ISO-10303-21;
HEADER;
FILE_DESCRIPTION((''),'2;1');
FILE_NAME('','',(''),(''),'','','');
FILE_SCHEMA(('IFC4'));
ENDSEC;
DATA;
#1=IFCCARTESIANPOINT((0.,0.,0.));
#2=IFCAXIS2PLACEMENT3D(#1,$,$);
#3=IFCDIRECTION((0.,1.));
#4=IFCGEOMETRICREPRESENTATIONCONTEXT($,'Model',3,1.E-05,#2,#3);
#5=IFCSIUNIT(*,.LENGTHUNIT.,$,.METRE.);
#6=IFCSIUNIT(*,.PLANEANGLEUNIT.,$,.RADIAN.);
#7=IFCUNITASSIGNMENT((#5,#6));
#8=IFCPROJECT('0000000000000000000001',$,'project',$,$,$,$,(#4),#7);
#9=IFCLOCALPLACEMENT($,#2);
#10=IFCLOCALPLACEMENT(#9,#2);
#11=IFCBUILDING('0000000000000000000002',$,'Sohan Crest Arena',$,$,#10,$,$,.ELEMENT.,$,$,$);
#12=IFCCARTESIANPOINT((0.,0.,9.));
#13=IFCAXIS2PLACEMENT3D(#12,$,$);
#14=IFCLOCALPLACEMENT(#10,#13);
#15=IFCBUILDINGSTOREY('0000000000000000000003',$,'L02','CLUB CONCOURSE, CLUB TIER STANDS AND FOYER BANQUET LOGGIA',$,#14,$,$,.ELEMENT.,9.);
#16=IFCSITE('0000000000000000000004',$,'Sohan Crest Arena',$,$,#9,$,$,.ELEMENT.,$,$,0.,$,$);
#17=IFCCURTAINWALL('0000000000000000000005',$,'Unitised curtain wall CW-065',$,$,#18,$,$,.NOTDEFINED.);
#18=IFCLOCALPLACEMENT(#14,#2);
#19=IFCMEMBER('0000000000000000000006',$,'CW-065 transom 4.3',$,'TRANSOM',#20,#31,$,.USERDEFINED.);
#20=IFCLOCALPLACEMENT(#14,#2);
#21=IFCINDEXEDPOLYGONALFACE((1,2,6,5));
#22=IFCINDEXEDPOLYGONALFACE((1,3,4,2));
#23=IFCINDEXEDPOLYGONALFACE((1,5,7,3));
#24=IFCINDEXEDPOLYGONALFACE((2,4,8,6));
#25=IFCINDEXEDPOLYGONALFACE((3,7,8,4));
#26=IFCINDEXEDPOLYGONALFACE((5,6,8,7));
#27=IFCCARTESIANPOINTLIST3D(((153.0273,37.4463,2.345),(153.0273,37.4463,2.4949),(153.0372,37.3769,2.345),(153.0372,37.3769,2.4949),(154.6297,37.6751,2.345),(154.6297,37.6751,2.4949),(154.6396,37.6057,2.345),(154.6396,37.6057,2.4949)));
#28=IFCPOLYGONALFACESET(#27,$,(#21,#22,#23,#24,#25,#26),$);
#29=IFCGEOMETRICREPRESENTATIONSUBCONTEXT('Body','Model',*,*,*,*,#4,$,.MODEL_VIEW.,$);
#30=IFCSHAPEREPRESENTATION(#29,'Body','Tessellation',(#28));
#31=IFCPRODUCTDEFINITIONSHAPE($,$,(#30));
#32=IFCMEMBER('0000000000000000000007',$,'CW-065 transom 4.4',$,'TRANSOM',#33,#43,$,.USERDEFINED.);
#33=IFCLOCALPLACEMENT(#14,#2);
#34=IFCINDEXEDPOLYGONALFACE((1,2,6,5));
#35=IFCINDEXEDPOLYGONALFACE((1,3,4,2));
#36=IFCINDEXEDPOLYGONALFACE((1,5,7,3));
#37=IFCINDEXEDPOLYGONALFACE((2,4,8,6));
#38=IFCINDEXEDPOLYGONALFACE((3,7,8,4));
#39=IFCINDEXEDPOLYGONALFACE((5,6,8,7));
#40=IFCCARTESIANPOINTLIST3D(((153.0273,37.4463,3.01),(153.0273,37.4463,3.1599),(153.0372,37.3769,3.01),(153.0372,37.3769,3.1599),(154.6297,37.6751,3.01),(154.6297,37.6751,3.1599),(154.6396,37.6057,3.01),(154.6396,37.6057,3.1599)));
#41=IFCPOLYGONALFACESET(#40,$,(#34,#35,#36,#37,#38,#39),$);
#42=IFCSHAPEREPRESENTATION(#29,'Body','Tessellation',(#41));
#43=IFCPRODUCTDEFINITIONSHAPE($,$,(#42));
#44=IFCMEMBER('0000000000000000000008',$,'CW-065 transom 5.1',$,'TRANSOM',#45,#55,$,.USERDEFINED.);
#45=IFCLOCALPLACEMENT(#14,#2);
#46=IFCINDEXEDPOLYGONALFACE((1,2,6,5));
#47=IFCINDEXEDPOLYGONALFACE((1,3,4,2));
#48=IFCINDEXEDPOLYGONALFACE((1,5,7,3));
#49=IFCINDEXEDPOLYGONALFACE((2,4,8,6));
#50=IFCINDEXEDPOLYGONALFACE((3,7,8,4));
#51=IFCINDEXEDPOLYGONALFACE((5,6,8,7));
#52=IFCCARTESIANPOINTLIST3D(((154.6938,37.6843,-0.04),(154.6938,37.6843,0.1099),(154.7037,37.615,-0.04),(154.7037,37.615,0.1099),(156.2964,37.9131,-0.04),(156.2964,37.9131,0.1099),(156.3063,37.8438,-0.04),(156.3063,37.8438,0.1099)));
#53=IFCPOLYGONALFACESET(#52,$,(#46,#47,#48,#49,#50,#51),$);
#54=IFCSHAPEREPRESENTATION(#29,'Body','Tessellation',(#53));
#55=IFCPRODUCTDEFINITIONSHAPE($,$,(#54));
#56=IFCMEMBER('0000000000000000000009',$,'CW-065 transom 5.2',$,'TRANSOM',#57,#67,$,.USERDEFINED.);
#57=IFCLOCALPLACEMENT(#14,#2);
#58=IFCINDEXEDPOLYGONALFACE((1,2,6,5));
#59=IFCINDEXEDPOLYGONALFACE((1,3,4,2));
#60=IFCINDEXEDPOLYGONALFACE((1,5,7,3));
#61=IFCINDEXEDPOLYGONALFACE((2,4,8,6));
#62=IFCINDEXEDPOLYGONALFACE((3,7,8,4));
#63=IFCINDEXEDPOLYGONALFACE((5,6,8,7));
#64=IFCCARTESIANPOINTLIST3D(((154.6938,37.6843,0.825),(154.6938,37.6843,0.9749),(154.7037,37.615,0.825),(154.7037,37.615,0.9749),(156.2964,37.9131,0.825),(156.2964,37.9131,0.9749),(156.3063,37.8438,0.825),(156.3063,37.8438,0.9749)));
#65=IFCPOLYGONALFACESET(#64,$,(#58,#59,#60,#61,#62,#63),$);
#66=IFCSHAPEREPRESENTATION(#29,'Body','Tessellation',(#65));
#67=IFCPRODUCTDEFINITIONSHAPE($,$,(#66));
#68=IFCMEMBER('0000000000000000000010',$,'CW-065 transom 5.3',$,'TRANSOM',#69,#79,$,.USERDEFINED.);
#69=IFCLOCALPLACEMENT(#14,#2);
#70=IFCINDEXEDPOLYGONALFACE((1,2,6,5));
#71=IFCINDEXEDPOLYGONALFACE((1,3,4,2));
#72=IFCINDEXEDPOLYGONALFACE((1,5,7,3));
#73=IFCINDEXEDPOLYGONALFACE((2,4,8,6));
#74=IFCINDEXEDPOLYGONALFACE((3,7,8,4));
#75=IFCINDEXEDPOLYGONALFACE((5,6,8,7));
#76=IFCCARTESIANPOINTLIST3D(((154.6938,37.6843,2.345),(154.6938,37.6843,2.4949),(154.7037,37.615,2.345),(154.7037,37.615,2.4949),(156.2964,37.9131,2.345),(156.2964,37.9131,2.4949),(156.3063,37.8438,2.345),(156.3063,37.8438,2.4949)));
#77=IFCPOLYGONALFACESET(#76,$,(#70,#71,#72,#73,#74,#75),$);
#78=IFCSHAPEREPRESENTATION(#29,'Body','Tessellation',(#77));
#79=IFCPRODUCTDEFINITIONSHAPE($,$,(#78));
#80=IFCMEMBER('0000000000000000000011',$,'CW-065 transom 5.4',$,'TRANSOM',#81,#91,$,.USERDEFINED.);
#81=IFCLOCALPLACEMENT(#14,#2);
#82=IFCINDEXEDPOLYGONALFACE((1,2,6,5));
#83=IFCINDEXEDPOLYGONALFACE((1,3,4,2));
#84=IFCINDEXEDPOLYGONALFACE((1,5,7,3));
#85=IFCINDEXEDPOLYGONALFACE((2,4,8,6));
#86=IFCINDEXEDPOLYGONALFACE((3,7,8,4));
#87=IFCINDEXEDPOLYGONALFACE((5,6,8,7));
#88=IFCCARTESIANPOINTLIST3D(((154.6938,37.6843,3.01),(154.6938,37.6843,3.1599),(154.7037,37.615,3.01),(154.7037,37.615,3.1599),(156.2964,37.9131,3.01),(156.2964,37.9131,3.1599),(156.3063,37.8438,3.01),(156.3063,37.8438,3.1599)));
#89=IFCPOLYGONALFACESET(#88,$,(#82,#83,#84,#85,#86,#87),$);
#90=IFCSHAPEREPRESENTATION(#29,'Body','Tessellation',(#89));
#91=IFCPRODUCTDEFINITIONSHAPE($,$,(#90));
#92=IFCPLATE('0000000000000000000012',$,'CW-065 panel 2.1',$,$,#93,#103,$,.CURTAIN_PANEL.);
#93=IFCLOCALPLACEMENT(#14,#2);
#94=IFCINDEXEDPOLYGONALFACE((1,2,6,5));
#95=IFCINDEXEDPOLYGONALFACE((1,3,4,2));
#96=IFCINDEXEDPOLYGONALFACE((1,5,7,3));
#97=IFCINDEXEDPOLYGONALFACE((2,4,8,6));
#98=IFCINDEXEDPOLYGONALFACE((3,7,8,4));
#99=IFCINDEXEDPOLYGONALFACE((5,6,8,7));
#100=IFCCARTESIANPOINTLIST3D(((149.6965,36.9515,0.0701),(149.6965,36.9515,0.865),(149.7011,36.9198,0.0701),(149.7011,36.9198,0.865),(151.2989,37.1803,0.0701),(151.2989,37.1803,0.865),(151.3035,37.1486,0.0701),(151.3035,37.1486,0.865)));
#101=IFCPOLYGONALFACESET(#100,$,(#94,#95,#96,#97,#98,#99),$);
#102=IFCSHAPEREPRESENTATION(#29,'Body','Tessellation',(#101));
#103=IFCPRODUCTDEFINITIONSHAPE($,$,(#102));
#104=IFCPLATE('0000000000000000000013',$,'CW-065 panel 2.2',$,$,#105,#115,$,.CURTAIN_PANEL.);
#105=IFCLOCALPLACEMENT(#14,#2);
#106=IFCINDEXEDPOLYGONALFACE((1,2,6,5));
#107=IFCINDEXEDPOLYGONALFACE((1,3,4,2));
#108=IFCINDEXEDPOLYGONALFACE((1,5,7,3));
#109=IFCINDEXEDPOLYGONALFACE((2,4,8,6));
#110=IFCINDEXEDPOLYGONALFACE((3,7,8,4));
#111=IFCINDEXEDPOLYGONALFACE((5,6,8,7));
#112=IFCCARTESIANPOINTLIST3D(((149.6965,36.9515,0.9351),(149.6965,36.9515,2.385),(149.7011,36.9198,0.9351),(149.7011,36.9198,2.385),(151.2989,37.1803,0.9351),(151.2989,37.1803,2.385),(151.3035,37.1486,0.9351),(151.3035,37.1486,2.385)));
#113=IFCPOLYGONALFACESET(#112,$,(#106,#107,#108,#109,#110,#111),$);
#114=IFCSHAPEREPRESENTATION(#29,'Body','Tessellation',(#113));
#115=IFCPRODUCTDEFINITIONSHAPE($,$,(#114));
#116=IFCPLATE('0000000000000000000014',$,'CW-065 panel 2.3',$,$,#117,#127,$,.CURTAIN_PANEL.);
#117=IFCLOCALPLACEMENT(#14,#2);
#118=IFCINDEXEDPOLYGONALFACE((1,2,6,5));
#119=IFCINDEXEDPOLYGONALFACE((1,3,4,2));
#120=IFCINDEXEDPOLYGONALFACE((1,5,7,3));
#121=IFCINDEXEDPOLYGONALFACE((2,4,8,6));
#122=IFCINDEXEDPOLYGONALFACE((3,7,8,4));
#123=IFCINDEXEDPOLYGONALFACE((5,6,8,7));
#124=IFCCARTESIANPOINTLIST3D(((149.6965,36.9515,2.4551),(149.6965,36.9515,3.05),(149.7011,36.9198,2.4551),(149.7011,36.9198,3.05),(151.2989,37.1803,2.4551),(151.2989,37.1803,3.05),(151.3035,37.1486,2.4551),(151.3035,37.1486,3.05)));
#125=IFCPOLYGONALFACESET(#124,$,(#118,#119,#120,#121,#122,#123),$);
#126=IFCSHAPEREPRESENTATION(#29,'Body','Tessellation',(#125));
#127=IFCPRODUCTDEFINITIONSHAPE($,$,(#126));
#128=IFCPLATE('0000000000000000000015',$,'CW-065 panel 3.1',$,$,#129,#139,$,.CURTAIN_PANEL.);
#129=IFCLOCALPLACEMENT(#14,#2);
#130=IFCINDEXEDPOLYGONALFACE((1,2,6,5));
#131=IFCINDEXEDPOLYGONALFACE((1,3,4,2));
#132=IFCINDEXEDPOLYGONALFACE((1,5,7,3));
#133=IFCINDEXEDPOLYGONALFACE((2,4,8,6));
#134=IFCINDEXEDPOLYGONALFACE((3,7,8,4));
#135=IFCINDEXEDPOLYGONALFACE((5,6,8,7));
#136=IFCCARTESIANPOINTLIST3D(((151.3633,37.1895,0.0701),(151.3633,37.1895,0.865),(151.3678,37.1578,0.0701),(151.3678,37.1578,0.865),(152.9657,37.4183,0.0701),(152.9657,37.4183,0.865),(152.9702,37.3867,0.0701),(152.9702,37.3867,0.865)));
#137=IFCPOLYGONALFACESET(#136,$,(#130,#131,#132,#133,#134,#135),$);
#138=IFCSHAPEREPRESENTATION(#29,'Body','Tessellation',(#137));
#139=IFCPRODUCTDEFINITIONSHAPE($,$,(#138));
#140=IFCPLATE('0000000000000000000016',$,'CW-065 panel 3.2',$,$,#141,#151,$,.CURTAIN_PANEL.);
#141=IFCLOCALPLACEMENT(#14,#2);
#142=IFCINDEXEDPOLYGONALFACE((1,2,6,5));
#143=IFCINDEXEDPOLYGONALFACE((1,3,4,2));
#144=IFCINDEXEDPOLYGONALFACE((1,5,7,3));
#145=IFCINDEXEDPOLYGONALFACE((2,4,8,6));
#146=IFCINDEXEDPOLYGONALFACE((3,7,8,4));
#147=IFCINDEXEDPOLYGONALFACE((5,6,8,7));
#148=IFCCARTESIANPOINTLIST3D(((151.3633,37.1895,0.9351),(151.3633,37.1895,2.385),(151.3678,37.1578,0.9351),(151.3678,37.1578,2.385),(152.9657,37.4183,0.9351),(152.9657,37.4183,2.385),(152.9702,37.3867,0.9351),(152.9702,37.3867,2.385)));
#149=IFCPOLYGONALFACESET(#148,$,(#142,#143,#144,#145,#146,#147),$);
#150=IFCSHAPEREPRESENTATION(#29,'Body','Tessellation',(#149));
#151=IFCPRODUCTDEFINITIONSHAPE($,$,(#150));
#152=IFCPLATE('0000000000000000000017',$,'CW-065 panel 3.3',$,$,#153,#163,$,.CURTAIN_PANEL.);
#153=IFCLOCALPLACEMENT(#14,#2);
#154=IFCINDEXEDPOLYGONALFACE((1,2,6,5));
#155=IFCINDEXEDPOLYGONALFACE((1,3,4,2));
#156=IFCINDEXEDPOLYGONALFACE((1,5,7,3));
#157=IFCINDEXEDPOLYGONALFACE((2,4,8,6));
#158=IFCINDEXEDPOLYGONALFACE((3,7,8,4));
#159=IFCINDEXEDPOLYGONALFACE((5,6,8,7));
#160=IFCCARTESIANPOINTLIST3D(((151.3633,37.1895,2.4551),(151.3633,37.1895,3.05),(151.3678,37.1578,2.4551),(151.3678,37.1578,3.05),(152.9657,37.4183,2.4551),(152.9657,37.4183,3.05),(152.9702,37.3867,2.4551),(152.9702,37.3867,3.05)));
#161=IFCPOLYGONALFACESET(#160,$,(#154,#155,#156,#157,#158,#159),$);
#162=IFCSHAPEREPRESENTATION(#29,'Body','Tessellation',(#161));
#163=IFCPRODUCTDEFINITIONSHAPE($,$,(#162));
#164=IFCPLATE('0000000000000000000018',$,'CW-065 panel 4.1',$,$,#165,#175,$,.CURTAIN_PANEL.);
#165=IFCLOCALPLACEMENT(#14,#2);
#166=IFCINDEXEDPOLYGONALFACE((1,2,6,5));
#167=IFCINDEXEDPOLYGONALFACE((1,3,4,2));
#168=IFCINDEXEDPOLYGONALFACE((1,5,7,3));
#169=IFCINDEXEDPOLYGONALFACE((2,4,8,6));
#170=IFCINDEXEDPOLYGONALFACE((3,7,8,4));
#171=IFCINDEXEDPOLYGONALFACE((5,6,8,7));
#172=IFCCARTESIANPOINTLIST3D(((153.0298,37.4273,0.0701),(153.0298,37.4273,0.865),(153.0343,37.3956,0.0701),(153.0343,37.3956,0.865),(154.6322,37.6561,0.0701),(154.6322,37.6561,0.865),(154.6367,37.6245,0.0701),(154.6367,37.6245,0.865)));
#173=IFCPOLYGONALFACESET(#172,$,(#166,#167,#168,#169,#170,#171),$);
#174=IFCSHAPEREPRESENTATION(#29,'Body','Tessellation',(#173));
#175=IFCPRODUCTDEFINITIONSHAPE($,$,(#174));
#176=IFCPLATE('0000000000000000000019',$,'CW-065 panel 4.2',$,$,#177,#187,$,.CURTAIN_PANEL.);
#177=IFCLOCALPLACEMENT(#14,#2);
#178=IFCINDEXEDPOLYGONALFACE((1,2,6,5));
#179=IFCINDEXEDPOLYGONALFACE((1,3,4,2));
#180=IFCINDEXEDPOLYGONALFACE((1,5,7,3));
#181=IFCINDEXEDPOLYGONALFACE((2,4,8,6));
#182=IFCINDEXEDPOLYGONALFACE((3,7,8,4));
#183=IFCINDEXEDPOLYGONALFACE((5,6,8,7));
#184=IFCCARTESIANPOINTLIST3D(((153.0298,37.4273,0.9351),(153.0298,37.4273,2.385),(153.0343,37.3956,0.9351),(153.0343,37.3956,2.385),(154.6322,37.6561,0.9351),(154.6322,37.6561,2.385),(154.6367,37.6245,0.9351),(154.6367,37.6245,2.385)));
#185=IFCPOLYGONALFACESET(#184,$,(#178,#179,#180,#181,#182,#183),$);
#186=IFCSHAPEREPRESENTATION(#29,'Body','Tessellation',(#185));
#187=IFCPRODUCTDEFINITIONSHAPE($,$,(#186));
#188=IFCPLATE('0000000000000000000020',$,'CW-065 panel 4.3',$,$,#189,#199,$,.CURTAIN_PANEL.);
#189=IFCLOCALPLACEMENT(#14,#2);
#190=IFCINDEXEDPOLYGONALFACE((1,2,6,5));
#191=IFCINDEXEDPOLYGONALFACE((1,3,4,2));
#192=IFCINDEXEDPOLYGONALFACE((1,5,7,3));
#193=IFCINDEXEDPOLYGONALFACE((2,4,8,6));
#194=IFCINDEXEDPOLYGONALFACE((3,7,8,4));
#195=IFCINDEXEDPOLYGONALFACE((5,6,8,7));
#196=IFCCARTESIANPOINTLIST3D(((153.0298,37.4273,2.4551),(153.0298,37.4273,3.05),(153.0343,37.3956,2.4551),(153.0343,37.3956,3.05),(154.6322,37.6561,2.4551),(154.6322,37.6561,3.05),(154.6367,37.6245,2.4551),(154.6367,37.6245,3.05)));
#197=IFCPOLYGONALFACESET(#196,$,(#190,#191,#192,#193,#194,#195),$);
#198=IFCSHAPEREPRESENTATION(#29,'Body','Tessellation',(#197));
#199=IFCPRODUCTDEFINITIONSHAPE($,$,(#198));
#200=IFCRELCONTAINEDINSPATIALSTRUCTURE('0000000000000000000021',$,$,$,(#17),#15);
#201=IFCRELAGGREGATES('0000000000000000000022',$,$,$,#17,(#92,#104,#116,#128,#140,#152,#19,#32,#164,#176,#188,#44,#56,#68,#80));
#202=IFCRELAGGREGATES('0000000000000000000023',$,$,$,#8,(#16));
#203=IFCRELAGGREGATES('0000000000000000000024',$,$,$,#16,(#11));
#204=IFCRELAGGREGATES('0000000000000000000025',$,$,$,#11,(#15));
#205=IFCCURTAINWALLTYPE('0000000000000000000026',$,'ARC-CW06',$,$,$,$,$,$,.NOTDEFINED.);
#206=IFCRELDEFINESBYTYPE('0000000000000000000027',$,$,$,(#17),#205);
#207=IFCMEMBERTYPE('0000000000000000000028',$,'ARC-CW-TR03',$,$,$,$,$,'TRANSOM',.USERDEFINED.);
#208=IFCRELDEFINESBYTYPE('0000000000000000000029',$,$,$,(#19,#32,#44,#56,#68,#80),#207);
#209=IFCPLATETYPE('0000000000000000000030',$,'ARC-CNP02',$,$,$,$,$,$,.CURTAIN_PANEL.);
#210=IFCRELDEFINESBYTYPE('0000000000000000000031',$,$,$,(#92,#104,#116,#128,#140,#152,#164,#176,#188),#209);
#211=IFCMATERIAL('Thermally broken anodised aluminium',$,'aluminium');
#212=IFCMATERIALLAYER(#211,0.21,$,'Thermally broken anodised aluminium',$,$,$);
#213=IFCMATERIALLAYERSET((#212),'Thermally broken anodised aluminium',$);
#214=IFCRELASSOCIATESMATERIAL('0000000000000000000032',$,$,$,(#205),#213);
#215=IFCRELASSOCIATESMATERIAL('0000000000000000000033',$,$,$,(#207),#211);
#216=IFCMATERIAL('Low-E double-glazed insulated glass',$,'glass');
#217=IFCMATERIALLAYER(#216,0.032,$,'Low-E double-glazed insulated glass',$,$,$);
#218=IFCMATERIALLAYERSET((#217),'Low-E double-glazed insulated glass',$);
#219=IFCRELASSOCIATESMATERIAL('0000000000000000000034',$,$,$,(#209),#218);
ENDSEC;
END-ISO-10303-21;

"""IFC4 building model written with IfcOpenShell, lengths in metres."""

from ifc_helpers import new_model, si_unit, direction, frame, origin, origin_2d, place, context, subcontext, project, spatial, rectangle, extrude, material, layer, layer_set, material_profile, profile_set, type_object, element, aggregate, save


model = new_model("IFC4")

# Units and contexts
model_context = context("Model", 3, precision=1e-05, world=origin(), true_north=direction((0.0, 1.0)))
body_context = subcontext(model_context, "Body", "Model", "MODEL_VIEW")
ifc_project = project(units=[si_unit("LENGTHUNIT", "METRE"), si_unit("PLANEANGLEUNIT", "RADIAN")], contexts=[model_context])

# Site, building, storey
site_placement = place(None, origin())
site = spatial("IfcSite", under=ifc_project, at=site_placement, Name="Sohan Crest Arena", CompositionType="ELEMENT", RefElevation=0.0)
building_placement = place(site_placement, origin())
building = spatial("IfcBuilding", under=site, at=building_placement, Name="Sohan Crest Arena", CompositionType="ELEMENT")
storey_placement = place(building_placement, frame((0.0, 0.0, 9.0)))
storey = spatial("IfcBuildingStorey", under=building, at=storey_placement, Name="L02", Description="CLUB CONCOURSE, CLUB TIER STANDS AND FOYER BANQUET LOGGIA", CompositionType="ELEMENT", Elevation=9.0)

# Curtain wall, members, plates
ifc_material_1 = material(Name="Thermally broken anodised aluminium", Category="aluminium")
ifc_layer_1 = layer(ifc_material_1, 0.21, Name="Thermally broken anodised aluminium")
ifc_layer_set_1 = layer_set([ifc_layer_1], Name="Thermally broken anodised aluminium")
curtain_wall_type = type_object("IfcCurtainWallType", Name="ARC-CW06", PredefinedType="NOTDEFINED", material=ifc_layer_set_1)
curtain_wall_placement = place(storey_placement, origin())
curtain_wall = element("IfcCurtainWall", 1, at=curtain_wall_placement, inside=storey, type_object=curtain_wall_type, Name="Unitised curtain wall CW-065", PredefinedType="NOTDEFINED")
ifc_material_profile_1 = material_profile(ifc_material_1, rectangle(XDim=0.0701, YDim=0.1499, at=origin_2d()), Name="ALU-TRAN 70x150")
ifc_profile_set_1 = profile_set([ifc_material_profile_1], Name="Thermally broken anodised aluminium")
member_type_1 = type_object("IfcMemberType", Name="ARC-CW-TR03", ElementType="TRANSOM", PredefinedType="USERDEFINED", material=ifc_profile_set_1)
member_1_placement = place(storey_placement, frame((153.0322, 37.4116, 2.4199), z_axis=(0.989962, 0.141337, 0.0), x_axis=(-0.141337, 0.989962, 0.0)))
member_1 = element("IfcMember", 2, at=member_1_placement, type_object=member_type_1, Name="CW-065 transom 4.3", ObjectType="TRANSOM", PredefinedType="USERDEFINED", context=body_context, shape_type="SweptSolid", body=[
    extrude(rectangle(XDim=0.0701, YDim=0.1499, at=origin_2d()), origin(), (0.0, 0.0, 1.0), 1.6187),
])
member_2_placement = place(storey_placement, frame((153.0322, 37.4116, 3.085), z_axis=(0.989962, 0.141337, 0.0), x_axis=(-0.141337, 0.989962, 0.0)))
member_2 = element("IfcMember", 3, at=member_2_placement, type_object=member_type_1, Name="CW-065 transom 4.4", ObjectType="TRANSOM", PredefinedType="USERDEFINED", context=body_context, shape_type="SweptSolid", body=[
    extrude(rectangle(XDim=0.0701, YDim=0.1499, at=origin_2d()), origin(), (0.0, 0.0, 1.0), 1.6187),
])
member_3_placement = place(storey_placement, frame((154.6987, 37.6497, 0.0349), z_axis=(0.989965, 0.141316, 0.0), x_axis=(-0.141316, 0.989965, 0.0)))
member_3 = element("IfcMember", 4, at=member_3_placement, type_object=member_type_1, Name="CW-065 transom 5.1", ObjectType="TRANSOM", PredefinedType="USERDEFINED", context=body_context, shape_type="SweptSolid", body=[
    extrude(rectangle(XDim=0.0701, YDim=0.1499, at=origin_2d()), origin(), (0.0, 0.0, 1.0), 1.6189),
])
member_4_placement = place(storey_placement, frame((154.6987, 37.6497, 0.8999), z_axis=(0.989965, 0.141316, 0.0), x_axis=(-0.141316, 0.989965, 0.0)))
member_4 = element("IfcMember", 5, at=member_4_placement, type_object=member_type_1, Name="CW-065 transom 5.2", ObjectType="TRANSOM", PredefinedType="USERDEFINED", context=body_context, shape_type="SweptSolid", body=[
    extrude(rectangle(XDim=0.0701, YDim=0.1499, at=origin_2d()), origin(), (0.0, 0.0, 1.0), 1.6189),
])
member_5_placement = place(storey_placement, frame((154.6987, 37.6497, 2.4199), z_axis=(0.989965, 0.141316, 0.0), x_axis=(-0.141316, 0.989965, 0.0)))
member_5 = element("IfcMember", 6, at=member_5_placement, type_object=member_type_1, Name="CW-065 transom 5.3", ObjectType="TRANSOM", PredefinedType="USERDEFINED", context=body_context, shape_type="SweptSolid", body=[
    extrude(rectangle(XDim=0.0701, YDim=0.1499, at=origin_2d()), origin(), (0.0, 0.0, 1.0), 1.6189),
])
member_6_placement = place(storey_placement, frame((154.6987, 37.6497, 3.085), z_axis=(0.989965, 0.141316, 0.0), x_axis=(-0.141316, 0.989965, 0.0)))
member_6 = element("IfcMember", 7, at=member_6_placement, type_object=member_type_1, Name="CW-065 transom 5.4", ObjectType="TRANSOM", PredefinedType="USERDEFINED", context=body_context, shape_type="SweptSolid", body=[
    extrude(rectangle(XDim=0.0701, YDim=0.1499, at=origin_2d()), origin(), (0.0, 0.0, 1.0), 1.6189),
])
ifc_material_2 = material(Name="Low-E double-glazed insulated glass", Category="glass")
ifc_layer_2 = layer(ifc_material_2, 0.032, Name="Low-E double-glazed insulated glass")
ifc_layer_set_2 = layer_set([ifc_layer_2], Name="Low-E double-glazed insulated glass")
plate_type = type_object("IfcPlateType", Name="ARC-CNP02", PredefinedType="CURTAIN_PANEL", material=ifc_layer_set_2)
plate_1_placement = place(storey_placement, frame((150.5, 37.05, 0.0701), z_axis=(0.0, 0.0, 1.0), x_axis=(0.989957, 0.141366, 0.0)))
plate_1 = element("IfcPlate", 8, at=plate_1_placement, type_object=plate_type, Name="CW-065 panel 2.1", PredefinedType="CURTAIN_PANEL", context=body_context, shape_type="SweptSolid", body=[
    extrude(rectangle(XDim=1.6187, YDim=0.032, at=origin_2d()), origin(), (0.0, 0.0, 1.0), 0.7949),
])
plate_2_placement = place(storey_placement, frame((150.5, 37.05, 0.9351), z_axis=(0.0, 0.0, 1.0), x_axis=(0.989957, 0.141366, 0.0)))
plate_2 = element("IfcPlate", 9, at=plate_2_placement, type_object=plate_type, Name="CW-065 panel 2.2", PredefinedType="CURTAIN_PANEL", context=body_context, shape_type="SweptSolid", body=[
    extrude(rectangle(XDim=1.6187, YDim=0.032, at=origin_2d()), origin(), (0.0, 0.0, 1.0), 1.45),
])
plate_3_placement = place(storey_placement, frame((150.5, 37.05, 2.4551), z_axis=(0.0, 0.0, 1.0), x_axis=(0.989957, 0.141366, 0.0)))
plate_3 = element("IfcPlate", 10, at=plate_3_placement, type_object=plate_type, Name="CW-065 panel 2.3", PredefinedType="CURTAIN_PANEL", context=body_context, shape_type="SweptSolid", body=[
    extrude(rectangle(XDim=1.6187, YDim=0.032, at=origin_2d()), origin(), (0.0, 0.0, 1.0), 0.595),
])
plate_4_placement = place(storey_placement, frame((152.1667, 37.2881, 0.0701), z_axis=(0.0, 0.0, 1.0), x_axis=(0.989957, 0.141366, 0.0)))
plate_4 = element("IfcPlate", 11, at=plate_4_placement, type_object=plate_type, Name="CW-065 panel 3.1", PredefinedType="CURTAIN_PANEL", context=body_context, shape_type="SweptSolid", body=[
    extrude(rectangle(XDim=1.6187, YDim=0.032, at=origin_2d()), origin(), (0.0, 0.0, 1.0), 0.7949),
])
plate_5_placement = place(storey_placement, frame((152.1667, 37.2881, 0.9351), z_axis=(0.0, 0.0, 1.0), x_axis=(0.989957, 0.141366, 0.0)))
plate_5 = element("IfcPlate", 12, at=plate_5_placement, type_object=plate_type, Name="CW-065 panel 3.2", PredefinedType="CURTAIN_PANEL", context=body_context, shape_type="SweptSolid", body=[
    extrude(rectangle(XDim=1.6187, YDim=0.032, at=origin_2d()), origin(), (0.0, 0.0, 1.0), 1.45),
])
plate_6_placement = place(storey_placement, frame((152.1667, 37.2881, 2.4551), z_axis=(0.0, 0.0, 1.0), x_axis=(0.989957, 0.141366, 0.0)))
plate_6 = element("IfcPlate", 13, at=plate_6_placement, type_object=plate_type, Name="CW-065 panel 3.3", PredefinedType="CURTAIN_PANEL", context=body_context, shape_type="SweptSolid", body=[
    extrude(rectangle(XDim=1.6187, YDim=0.032, at=origin_2d()), origin(), (0.0, 0.0, 1.0), 0.595),
])
plate_7_placement = place(storey_placement, frame((153.8333, 37.5259, 0.0701), z_axis=(0.0, 0.0, 1.0), x_axis=(0.989957, 0.141366, 0.0)))
plate_7 = element("IfcPlate", 14, at=plate_7_placement, type_object=plate_type, Name="CW-065 panel 4.1", PredefinedType="CURTAIN_PANEL", context=body_context, shape_type="SweptSolid", body=[
    extrude(rectangle(XDim=1.6187, YDim=0.032, at=origin_2d()), origin(), (0.0, 0.0, 1.0), 0.7949),
])
plate_8_placement = place(storey_placement, frame((153.8333, 37.5259, 0.9351), z_axis=(0.0, 0.0, 1.0), x_axis=(0.989957, 0.141366, 0.0)))
plate_8 = element("IfcPlate", 15, at=plate_8_placement, type_object=plate_type, Name="CW-065 panel 4.2", PredefinedType="CURTAIN_PANEL", context=body_context, shape_type="SweptSolid", body=[
    extrude(rectangle(XDim=1.6187, YDim=0.032, at=origin_2d()), origin(), (0.0, 0.0, 1.0), 1.45),
])
plate_9_placement = place(storey_placement, frame((153.8333, 37.5259, 2.4551), z_axis=(0.0, 0.0, 1.0), x_axis=(0.989957, 0.141366, 0.0)))
plate_9 = element("IfcPlate", 16, at=plate_9_placement, type_object=plate_type, Name="CW-065 panel 4.3", PredefinedType="CURTAIN_PANEL", context=body_context, shape_type="SweptSolid", body=[
    extrude(rectangle(XDim=1.6187, YDim=0.032, at=origin_2d()), origin(), (0.0, 0.0, 1.0), 0.595),
])
aggregate(curtain_wall, [plate_1, plate_2, plate_3, plate_4, plate_5, plate_6, member_1, member_2, plate_7, plate_8, plate_9, member_3, member_4, member_5, member_6])

save(model, "model.ifc")
